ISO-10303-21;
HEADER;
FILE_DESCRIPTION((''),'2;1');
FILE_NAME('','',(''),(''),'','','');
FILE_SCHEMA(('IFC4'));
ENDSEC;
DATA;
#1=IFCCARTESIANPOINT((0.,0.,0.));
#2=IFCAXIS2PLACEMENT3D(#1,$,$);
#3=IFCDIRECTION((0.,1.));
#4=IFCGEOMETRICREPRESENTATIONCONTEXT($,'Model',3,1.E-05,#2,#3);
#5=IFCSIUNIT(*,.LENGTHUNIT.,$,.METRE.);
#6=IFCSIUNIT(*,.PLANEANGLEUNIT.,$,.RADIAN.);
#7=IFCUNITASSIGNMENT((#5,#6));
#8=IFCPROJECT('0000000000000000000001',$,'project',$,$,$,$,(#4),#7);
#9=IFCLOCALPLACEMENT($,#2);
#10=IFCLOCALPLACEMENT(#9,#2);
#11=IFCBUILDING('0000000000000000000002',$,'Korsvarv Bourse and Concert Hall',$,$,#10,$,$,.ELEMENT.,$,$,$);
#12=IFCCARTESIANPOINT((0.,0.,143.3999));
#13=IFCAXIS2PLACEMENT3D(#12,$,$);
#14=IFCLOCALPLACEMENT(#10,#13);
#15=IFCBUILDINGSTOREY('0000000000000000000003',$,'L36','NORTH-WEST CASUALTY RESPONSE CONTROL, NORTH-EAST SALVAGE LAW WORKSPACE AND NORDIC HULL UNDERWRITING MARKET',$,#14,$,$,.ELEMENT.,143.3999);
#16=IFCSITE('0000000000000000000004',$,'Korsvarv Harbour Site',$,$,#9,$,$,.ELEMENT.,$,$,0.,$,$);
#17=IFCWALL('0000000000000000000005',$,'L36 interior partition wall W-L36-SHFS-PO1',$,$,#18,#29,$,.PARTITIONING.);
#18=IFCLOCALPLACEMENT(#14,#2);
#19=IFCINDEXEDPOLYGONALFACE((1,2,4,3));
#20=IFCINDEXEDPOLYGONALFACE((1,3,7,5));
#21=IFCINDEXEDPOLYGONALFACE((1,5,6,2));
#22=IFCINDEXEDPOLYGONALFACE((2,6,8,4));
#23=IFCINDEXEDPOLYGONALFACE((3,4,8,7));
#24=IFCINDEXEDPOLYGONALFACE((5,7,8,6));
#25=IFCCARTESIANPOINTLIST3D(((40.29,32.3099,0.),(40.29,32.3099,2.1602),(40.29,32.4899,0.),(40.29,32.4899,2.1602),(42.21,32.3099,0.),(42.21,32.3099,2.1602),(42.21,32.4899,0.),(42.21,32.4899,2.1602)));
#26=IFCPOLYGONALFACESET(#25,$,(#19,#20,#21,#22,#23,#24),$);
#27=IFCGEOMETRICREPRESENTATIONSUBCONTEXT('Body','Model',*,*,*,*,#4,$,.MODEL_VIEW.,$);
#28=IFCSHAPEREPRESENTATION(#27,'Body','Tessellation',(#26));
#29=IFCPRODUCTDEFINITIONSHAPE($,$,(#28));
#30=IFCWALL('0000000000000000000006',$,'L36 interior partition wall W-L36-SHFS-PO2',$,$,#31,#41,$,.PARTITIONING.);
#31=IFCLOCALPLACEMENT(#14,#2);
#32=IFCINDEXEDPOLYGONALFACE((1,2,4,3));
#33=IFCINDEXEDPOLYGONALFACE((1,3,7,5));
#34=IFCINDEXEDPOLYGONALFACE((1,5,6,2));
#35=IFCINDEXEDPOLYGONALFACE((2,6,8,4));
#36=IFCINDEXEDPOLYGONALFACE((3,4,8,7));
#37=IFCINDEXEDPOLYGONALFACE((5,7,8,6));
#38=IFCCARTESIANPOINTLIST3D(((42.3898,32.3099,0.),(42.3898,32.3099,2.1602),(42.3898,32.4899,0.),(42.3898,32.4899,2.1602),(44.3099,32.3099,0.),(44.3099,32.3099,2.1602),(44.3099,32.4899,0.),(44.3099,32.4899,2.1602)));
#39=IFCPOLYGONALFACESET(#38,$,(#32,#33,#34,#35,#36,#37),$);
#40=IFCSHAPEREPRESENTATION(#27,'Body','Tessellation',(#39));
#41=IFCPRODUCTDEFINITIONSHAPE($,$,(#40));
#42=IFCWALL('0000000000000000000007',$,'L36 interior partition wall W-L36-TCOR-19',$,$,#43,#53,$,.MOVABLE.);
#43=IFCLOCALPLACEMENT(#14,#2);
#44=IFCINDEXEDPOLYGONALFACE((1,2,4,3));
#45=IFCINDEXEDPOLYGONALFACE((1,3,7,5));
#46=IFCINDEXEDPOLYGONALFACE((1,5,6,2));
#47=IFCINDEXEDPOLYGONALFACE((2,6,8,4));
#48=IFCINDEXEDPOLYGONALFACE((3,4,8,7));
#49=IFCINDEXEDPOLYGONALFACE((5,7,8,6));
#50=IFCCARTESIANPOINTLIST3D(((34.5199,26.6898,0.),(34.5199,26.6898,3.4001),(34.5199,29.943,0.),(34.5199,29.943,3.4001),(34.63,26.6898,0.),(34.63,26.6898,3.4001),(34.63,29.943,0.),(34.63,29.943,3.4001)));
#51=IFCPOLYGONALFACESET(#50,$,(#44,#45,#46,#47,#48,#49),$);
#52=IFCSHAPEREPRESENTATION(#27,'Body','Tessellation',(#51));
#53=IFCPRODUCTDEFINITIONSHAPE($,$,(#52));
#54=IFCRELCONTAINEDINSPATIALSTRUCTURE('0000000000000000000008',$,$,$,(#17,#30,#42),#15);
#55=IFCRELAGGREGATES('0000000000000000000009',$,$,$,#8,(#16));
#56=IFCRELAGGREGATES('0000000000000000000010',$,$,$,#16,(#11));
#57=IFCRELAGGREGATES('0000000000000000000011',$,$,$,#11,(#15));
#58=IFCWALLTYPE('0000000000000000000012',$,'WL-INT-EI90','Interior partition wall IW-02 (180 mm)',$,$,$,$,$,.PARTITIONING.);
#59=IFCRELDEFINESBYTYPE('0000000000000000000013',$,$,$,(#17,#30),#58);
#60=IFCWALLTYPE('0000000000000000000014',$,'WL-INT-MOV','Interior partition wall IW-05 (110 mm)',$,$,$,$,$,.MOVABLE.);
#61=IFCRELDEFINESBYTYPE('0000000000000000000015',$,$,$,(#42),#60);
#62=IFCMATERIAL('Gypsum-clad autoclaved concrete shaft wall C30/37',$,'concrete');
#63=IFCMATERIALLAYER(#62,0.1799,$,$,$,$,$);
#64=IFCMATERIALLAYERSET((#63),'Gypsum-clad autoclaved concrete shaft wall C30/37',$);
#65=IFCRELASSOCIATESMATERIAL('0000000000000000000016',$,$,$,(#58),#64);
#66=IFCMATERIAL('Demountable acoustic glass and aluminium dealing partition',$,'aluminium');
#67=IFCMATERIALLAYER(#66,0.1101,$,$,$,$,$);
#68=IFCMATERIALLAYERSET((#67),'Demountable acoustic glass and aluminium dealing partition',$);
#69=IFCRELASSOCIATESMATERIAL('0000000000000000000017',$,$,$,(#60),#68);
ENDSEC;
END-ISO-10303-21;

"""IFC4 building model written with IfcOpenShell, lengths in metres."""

from ifc_helpers import new_model, si_unit, direction, frame, frame_2d, origin, place, context, subcontext, project, spatial, rectangle, extrude, material, layer, layer_set, type_object, element, save


model = new_model("IFC4")

# Units and contexts
model_context = context("Model", 3, precision=1e-05, world=origin(), true_north=direction((0.0, 1.0)))
body_context = subcontext(model_context, "Body", "Model", "MODEL_VIEW")
ifc_project = project(units=[si_unit("LENGTHUNIT", "METRE"), si_unit("PLANEANGLEUNIT", "RADIAN")], contexts=[model_context])

# Site, building, storey
site_placement = place(None, origin())
site = spatial("IfcSite", under=ifc_project, at=site_placement, Name="Korsvarv Harbour Site", CompositionType="ELEMENT", RefElevation=0.0)
building_placement = place(site_placement, origin())
building = spatial("IfcBuilding", under=site, at=building_placement, Name="Korsvarv Bourse and Concert Hall", CompositionType="ELEMENT")
storey_placement = place(building_placement, frame((0.0, 0.0, 143.3999)))
storey = spatial("IfcBuildingStorey", under=building, at=storey_placement, Name="L36", Description="NORTH-WEST CASUALTY RESPONSE CONTROL, NORTH-EAST SALVAGE LAW WORKSPACE AND NORDIC HULL UNDERWRITING MARKET", CompositionType="ELEMENT", Elevation=143.3999)

# Walls
ifc_material_1 = material(Name="Gypsum-clad autoclaved concrete shaft wall C30/37", Category="concrete")
ifc_layer_1 = layer(ifc_material_1, 0.1799)
ifc_layer_set_1 = layer_set([ifc_layer_1], Name="Gypsum-clad autoclaved concrete shaft wall C30/37")
wall_type_1 = type_object("IfcWallType", Name="WL-INT-EI90", Description="Interior partition wall IW-02 (180 mm)", PredefinedType="PARTITIONING", material=ifc_layer_set_1)
wall_1_placement = place(storey_placement, frame((40.29, 32.3999, 0.0), z_axis=(0.0, 0.0, 1.0), x_axis=(1.0, 0.0, 0.0)))
element("IfcWall", 1, at=wall_1_placement, inside=storey, type_object=wall_type_1, Name="L36 interior partition wall W-L36-SHFS-PO1", PredefinedType="PARTITIONING", context=body_context, shape_type="SweptSolid", body=[
    extrude(rectangle(XDim=1.9199, YDim=0.1799, at=frame_2d((0.96, 0.0))), origin(), (0.0, 0.0, 1.0), 2.1602),
])
wall_2_placement = place(storey_placement, frame((42.3899, 32.3999, 0.0), z_axis=(0.0, 0.0, 1.0), x_axis=(1.0, 0.0, 0.0)))
element("IfcWall", 2, at=wall_2_placement, inside=storey, type_object=wall_type_1, Name="L36 interior partition wall W-L36-SHFS-PO2", PredefinedType="PARTITIONING", context=body_context, shape_type="SweptSolid", body=[
    extrude(rectangle(XDim=1.9202, YDim=0.1799, at=frame_2d((0.96, 0.0))), origin(), (0.0, 0.0, 1.0), 2.1602),
])
ifc_material_2 = material(Name="Demountable acoustic glass and aluminium dealing partition", Category="aluminium")
ifc_layer_2 = layer(ifc_material_2, 0.1101)
ifc_layer_set_2 = layer_set([ifc_layer_2], Name="Demountable acoustic glass and aluminium dealing partition")
wall_type_2 = type_object("IfcWallType", Name="WL-INT-MOV", Description="Interior partition wall IW-05 (110 mm)", PredefinedType="MOVABLE", material=ifc_layer_set_2)
wall_3_placement = place(storey_placement, frame((34.575, 26.6899, 0.0), z_axis=(0.0, 0.0, 1.0), x_axis=(0.0, 1.0, 0.0)))
element("IfcWall", 3, at=wall_3_placement, inside=storey, type_object=wall_type_2, Name="L36 interior partition wall W-L36-TCOR-19", PredefinedType="MOVABLE", context=body_context, shape_type="SweptSolid", body=[
    extrude(rectangle(XDim=3.2532, YDim=0.1101, at=frame_2d((1.6265, 0.0))), origin(), (0.0, 0.0, 1.0), 3.4001),
])

save(model, "model.ifc")
